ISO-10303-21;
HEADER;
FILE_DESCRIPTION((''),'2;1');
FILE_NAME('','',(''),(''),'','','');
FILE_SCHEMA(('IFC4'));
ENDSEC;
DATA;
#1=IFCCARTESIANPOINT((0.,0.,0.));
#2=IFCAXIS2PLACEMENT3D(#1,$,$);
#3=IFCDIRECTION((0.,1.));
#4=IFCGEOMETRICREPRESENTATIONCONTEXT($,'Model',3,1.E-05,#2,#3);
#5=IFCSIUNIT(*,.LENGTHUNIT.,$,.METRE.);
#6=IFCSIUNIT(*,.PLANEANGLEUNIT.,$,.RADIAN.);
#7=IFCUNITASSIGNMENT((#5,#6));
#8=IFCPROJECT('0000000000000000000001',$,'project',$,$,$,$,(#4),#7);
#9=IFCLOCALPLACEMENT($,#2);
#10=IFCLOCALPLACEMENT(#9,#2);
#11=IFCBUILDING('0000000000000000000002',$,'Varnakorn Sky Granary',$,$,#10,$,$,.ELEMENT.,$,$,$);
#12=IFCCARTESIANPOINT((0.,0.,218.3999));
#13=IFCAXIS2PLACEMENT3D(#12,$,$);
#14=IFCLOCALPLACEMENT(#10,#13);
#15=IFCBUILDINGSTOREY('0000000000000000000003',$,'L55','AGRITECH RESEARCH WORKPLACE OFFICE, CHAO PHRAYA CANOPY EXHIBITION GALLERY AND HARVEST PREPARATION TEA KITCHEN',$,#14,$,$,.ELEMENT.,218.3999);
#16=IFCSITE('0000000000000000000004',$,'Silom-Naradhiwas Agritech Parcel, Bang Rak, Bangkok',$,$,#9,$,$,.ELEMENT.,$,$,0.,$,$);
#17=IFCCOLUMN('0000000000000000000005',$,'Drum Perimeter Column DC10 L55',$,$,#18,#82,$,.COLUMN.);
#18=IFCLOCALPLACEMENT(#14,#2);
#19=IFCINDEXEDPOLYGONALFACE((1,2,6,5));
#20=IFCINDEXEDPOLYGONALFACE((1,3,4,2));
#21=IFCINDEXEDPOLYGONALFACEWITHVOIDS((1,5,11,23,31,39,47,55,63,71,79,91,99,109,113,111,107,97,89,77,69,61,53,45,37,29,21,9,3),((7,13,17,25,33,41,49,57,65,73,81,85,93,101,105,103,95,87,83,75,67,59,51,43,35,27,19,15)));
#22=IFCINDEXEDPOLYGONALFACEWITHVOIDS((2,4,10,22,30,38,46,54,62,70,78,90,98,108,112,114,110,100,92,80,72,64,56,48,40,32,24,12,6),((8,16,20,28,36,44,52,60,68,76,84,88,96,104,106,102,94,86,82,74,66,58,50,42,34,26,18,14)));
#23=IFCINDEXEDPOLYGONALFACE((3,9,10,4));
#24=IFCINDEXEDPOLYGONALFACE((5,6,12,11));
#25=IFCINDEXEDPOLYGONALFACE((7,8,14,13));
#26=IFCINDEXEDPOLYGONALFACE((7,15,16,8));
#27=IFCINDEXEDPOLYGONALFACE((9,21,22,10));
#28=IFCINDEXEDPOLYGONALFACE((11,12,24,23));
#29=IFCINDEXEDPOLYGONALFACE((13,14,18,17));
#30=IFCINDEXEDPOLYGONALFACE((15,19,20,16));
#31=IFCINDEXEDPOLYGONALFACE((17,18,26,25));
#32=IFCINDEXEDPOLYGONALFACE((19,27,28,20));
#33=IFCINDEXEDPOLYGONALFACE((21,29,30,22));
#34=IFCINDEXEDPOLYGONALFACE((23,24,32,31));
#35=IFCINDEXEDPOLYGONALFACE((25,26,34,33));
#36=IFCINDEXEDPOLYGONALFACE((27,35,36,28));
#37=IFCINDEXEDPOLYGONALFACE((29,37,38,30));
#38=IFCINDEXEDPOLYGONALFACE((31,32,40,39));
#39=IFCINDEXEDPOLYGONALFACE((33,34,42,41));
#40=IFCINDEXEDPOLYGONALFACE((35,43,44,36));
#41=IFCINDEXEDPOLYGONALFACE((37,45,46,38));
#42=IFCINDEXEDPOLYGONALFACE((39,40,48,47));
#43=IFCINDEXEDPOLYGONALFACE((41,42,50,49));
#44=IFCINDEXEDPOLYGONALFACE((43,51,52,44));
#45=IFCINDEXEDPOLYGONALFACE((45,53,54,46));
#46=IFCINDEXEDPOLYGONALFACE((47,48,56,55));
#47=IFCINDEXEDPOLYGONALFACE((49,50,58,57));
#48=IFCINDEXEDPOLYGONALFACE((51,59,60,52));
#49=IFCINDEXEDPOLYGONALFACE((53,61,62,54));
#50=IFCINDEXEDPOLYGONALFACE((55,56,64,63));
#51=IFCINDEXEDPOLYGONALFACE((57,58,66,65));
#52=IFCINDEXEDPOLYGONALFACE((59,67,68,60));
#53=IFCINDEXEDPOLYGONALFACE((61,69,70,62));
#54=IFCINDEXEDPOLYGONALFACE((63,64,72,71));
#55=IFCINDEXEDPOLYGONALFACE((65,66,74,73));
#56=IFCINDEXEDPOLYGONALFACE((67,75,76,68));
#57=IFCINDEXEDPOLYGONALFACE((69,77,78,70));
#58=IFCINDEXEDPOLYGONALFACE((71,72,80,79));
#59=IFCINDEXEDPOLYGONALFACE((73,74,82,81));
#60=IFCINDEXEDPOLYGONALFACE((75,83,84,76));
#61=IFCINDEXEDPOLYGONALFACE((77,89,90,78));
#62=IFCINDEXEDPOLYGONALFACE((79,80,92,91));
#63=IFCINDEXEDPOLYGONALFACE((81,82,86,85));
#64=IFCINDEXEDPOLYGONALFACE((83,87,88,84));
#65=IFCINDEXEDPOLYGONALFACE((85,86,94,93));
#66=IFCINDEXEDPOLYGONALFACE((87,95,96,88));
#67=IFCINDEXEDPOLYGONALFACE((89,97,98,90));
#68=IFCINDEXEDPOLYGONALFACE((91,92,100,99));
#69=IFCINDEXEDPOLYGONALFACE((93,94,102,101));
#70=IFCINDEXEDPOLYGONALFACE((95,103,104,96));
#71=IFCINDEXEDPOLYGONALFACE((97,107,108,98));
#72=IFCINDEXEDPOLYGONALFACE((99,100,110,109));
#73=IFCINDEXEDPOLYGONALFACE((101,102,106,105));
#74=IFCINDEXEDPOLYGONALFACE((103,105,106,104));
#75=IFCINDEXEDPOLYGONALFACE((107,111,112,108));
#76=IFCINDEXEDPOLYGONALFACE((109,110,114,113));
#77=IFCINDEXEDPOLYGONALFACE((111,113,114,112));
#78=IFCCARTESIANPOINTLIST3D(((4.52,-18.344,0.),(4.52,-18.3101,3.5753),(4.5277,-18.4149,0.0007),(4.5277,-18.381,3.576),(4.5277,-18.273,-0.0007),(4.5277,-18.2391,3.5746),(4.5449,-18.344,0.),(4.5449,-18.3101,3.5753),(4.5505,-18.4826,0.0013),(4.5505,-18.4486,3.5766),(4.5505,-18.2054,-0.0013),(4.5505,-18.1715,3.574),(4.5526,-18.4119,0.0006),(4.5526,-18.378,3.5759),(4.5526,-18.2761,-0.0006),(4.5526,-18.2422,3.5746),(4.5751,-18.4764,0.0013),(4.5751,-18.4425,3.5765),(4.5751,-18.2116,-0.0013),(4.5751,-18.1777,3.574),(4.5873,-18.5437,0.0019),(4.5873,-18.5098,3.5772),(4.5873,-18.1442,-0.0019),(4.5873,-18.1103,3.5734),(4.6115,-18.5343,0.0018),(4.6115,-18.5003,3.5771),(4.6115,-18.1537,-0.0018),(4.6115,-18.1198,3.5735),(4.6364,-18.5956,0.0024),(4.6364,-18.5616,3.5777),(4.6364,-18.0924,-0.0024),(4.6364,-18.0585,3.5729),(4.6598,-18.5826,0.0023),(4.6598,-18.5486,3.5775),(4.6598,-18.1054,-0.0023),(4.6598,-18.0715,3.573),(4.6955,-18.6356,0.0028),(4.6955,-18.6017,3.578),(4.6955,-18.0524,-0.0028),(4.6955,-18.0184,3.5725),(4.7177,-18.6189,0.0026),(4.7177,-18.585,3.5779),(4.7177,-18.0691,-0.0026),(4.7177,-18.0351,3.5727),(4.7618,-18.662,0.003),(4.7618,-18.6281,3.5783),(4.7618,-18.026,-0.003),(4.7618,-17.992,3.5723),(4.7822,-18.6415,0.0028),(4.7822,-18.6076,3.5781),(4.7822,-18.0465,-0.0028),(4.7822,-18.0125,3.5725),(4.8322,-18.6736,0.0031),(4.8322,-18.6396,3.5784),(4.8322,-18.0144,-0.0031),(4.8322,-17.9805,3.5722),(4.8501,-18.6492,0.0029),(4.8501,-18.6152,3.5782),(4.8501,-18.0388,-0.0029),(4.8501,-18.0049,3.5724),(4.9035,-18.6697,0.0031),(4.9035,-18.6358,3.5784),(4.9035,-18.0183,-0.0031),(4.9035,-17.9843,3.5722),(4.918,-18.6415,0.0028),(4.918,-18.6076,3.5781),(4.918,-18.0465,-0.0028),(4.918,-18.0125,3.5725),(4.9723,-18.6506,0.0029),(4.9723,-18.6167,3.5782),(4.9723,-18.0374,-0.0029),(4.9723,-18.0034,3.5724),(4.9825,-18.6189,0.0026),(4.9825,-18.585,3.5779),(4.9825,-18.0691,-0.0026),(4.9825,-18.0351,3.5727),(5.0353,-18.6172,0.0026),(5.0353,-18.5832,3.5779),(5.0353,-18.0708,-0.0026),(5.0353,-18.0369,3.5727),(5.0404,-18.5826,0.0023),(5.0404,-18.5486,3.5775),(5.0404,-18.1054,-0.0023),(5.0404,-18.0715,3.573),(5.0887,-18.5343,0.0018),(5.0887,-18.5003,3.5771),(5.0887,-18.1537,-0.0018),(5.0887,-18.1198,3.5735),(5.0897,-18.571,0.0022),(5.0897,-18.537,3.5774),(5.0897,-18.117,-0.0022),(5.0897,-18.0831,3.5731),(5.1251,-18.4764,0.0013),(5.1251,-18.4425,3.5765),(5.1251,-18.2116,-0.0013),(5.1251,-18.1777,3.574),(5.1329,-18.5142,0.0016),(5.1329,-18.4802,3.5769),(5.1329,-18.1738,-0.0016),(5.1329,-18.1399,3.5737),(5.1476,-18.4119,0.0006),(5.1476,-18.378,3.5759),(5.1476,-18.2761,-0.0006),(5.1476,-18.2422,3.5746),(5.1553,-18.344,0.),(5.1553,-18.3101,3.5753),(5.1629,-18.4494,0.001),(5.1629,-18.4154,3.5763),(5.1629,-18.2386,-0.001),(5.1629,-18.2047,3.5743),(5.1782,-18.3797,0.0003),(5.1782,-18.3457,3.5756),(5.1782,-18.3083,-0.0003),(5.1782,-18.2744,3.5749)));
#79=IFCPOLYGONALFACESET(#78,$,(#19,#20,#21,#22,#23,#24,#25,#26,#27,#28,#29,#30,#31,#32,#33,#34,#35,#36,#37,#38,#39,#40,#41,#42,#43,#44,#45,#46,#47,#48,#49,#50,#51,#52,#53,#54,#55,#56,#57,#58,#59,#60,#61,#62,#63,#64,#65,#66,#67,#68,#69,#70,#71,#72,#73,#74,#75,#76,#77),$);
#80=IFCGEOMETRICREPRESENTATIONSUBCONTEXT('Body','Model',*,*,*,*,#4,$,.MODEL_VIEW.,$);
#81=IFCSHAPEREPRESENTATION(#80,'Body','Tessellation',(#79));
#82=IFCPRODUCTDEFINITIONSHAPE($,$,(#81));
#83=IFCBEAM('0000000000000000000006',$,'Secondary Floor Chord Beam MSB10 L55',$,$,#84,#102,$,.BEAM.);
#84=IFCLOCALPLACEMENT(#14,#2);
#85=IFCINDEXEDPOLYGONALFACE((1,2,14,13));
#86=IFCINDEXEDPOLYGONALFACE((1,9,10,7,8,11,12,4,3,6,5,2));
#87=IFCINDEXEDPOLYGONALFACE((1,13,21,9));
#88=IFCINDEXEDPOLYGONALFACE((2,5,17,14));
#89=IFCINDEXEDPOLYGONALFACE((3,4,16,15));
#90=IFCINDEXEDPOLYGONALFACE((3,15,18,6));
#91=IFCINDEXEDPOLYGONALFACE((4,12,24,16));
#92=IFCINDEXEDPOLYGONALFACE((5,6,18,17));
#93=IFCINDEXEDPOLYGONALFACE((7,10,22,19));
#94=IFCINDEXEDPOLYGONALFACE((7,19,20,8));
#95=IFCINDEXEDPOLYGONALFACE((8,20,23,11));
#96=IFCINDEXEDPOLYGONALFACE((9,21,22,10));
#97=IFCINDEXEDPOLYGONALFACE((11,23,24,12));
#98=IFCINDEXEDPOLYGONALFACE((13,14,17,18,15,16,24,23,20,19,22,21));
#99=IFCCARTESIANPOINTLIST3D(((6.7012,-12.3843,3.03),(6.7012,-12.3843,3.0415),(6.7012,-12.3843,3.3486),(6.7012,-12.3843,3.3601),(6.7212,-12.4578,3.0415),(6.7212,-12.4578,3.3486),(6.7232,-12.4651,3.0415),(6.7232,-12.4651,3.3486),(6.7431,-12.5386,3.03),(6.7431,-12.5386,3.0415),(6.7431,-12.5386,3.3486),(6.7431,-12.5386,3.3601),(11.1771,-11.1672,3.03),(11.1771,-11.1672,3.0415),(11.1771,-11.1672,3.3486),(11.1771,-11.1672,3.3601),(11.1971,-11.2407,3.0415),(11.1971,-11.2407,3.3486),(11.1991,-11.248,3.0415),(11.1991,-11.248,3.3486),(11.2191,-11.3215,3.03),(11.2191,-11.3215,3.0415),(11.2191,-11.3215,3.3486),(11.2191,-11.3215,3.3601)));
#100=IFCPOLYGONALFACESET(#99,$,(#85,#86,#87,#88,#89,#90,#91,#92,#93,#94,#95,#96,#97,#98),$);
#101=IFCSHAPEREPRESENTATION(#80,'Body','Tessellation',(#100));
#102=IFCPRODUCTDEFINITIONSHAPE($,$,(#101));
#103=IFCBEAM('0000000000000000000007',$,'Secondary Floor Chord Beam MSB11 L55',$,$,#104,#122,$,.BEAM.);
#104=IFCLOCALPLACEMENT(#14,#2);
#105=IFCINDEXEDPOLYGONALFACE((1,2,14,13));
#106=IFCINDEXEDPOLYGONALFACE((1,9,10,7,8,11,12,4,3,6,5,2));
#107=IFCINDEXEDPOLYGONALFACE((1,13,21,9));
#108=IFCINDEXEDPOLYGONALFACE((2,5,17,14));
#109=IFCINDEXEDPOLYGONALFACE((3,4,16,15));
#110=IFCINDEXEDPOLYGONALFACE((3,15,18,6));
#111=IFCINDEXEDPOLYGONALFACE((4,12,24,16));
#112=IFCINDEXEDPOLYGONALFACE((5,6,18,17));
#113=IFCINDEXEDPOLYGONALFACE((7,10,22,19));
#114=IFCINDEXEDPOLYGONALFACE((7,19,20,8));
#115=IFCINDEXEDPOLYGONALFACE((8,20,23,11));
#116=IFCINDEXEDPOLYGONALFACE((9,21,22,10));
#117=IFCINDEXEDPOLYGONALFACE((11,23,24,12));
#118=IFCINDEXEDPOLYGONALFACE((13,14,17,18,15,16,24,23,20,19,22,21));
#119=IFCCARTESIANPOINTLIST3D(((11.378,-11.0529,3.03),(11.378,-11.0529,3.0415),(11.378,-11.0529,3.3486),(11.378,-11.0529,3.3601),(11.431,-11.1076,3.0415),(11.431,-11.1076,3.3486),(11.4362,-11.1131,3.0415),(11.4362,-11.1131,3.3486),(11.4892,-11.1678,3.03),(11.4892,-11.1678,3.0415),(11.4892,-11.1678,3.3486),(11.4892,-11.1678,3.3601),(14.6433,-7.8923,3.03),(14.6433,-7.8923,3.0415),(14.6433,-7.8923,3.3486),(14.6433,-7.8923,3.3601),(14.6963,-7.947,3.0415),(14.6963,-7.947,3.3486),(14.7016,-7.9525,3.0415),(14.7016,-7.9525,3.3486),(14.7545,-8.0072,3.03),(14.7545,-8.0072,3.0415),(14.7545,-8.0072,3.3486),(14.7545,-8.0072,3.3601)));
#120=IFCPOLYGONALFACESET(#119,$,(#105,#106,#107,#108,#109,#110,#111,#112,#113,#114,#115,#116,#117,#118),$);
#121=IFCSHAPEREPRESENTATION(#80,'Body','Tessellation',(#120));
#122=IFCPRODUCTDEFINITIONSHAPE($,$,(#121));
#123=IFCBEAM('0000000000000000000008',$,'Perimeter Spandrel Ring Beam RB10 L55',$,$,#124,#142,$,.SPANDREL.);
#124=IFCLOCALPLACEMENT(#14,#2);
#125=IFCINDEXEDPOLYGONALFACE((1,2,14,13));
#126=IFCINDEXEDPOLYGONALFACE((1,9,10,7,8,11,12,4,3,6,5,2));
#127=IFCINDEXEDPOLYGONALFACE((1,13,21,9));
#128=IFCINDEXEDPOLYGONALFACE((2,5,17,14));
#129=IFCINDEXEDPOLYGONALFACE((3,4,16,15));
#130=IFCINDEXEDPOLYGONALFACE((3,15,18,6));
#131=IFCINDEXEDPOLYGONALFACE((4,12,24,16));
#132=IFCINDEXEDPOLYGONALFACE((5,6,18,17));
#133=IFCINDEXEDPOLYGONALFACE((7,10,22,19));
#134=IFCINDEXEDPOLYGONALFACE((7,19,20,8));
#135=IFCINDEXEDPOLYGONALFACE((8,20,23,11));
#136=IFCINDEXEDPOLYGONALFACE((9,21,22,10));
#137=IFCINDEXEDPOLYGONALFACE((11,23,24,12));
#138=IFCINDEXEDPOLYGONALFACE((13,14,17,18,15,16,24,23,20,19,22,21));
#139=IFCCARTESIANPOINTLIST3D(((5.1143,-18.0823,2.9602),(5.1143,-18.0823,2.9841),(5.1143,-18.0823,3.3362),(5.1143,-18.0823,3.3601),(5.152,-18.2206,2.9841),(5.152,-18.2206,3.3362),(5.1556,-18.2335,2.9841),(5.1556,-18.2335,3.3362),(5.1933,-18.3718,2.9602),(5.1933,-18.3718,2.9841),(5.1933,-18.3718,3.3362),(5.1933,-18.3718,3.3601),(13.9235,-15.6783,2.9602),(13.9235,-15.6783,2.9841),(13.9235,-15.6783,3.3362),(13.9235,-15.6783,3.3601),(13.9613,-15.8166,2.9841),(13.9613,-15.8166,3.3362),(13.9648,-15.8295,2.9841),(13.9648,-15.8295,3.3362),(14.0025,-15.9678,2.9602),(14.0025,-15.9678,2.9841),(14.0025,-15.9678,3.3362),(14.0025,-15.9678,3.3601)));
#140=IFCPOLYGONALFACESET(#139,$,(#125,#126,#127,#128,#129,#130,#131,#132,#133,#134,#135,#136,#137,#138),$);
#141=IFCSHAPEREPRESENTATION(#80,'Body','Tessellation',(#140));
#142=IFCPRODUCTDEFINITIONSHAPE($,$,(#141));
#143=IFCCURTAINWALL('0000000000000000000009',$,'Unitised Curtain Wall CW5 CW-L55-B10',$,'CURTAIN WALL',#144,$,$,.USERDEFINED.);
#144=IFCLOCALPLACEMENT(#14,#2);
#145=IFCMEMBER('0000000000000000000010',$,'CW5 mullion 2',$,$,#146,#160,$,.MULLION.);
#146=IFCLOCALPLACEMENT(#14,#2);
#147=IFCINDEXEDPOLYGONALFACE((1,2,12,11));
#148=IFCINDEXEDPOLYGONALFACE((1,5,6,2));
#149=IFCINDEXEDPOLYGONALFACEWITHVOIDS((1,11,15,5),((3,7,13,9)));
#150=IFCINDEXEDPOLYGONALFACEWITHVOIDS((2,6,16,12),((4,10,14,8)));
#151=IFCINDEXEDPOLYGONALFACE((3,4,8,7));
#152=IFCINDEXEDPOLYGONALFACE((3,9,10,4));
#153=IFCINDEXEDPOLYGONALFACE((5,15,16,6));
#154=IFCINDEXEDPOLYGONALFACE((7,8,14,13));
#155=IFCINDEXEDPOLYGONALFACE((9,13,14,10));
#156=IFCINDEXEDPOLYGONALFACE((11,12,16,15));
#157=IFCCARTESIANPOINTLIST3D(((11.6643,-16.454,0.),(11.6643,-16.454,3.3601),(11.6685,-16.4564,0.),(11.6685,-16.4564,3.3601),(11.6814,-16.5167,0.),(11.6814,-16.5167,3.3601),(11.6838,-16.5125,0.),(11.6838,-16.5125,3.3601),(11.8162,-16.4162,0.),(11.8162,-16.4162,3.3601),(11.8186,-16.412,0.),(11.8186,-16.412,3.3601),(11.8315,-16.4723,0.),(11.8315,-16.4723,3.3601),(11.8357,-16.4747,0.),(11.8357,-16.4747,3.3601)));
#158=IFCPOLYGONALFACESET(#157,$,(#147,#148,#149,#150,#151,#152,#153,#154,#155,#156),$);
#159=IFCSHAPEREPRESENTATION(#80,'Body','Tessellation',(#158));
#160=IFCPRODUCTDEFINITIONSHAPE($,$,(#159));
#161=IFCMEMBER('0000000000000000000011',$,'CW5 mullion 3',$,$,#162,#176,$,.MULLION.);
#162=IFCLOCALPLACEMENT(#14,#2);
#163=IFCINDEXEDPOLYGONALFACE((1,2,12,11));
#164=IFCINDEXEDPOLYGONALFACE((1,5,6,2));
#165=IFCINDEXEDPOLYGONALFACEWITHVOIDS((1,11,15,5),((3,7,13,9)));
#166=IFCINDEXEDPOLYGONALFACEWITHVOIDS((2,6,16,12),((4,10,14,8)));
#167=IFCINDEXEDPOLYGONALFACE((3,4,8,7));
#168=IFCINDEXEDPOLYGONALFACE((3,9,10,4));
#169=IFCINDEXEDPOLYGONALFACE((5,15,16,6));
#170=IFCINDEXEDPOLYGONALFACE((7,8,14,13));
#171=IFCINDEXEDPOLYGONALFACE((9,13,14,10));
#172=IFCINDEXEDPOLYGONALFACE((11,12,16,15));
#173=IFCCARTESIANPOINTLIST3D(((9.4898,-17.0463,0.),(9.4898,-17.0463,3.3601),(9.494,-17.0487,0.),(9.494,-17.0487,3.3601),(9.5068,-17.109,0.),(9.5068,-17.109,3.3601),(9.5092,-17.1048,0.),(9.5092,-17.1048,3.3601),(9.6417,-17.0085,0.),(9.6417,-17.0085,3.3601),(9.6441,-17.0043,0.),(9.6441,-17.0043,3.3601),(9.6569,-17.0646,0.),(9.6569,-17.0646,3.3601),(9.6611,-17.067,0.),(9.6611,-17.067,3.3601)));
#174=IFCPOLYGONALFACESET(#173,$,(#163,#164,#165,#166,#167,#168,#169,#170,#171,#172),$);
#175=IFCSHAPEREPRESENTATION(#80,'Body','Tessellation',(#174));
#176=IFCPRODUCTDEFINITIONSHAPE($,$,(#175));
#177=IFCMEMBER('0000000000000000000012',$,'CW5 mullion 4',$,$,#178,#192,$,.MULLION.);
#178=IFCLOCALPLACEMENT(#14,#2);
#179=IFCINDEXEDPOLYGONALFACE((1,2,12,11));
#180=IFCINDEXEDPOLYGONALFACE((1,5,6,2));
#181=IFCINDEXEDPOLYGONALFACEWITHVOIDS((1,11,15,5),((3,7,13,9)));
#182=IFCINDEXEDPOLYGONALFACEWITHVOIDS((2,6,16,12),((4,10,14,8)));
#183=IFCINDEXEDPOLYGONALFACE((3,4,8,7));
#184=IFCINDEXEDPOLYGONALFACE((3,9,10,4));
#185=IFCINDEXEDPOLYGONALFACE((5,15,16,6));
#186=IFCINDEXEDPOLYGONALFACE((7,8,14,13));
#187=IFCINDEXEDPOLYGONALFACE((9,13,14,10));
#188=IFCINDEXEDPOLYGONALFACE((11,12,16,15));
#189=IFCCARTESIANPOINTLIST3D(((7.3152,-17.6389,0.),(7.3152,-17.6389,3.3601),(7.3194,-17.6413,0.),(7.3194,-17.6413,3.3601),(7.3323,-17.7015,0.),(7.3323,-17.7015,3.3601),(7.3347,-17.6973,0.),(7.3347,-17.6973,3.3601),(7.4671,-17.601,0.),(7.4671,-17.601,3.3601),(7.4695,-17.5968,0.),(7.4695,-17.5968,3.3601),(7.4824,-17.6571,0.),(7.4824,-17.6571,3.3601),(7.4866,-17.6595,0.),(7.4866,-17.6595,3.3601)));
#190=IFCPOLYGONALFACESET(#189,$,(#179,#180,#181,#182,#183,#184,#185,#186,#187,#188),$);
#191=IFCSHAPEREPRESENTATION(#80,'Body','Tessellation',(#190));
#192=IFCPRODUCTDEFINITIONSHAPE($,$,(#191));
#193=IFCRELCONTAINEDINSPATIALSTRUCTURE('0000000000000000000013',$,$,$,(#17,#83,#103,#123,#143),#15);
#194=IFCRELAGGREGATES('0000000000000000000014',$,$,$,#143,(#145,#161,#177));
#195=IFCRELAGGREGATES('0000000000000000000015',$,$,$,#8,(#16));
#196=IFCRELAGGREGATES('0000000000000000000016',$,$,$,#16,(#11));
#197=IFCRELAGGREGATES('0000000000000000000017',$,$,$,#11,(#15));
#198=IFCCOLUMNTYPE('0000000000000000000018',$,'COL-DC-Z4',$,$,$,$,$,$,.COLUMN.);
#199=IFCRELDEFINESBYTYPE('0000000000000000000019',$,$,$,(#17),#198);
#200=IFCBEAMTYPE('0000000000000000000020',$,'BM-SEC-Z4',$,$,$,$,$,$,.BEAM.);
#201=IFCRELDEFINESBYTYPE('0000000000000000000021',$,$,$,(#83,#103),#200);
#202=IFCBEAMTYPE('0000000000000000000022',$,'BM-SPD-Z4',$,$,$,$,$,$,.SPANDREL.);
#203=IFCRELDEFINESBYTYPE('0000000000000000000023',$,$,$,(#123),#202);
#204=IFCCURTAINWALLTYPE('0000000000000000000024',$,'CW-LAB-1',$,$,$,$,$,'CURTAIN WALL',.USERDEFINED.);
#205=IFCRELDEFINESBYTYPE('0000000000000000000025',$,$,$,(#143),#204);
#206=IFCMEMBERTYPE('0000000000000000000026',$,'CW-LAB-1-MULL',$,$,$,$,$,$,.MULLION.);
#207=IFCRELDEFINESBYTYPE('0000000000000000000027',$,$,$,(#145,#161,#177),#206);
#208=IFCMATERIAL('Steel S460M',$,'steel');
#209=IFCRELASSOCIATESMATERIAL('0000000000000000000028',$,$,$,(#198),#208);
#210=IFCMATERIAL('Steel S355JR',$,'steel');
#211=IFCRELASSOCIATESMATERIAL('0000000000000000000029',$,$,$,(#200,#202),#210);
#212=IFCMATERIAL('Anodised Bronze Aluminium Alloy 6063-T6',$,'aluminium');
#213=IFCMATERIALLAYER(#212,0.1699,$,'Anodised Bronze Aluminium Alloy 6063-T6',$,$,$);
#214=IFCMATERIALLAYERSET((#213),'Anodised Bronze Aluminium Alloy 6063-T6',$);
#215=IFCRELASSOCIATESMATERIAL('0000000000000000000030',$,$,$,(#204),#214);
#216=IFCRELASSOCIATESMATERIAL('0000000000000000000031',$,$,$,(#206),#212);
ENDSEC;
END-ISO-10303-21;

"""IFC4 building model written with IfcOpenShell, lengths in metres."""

from ifc_helpers import new_model, si_unit, direction, frame, origin, origin_2d, place, context, subcontext, project, spatial, hollow_rectangle, hollow_circle, i_section, extrude, material, layer, layer_set, material_profile, profile_set, type_object, element, aggregate, save


model = new_model("IFC4")

# Units and contexts
model_context = context("Model", 3, precision=1e-05, world=origin(), true_north=direction((0.0, 1.0)))
body_context = subcontext(model_context, "Body", "Model", "MODEL_VIEW")
ifc_project = project(units=[si_unit("LENGTHUNIT", "METRE"), si_unit("PLANEANGLEUNIT", "RADIAN")], contexts=[model_context])

# Site, building, storey
site_placement = place(None, origin())
site = spatial("IfcSite", under=ifc_project, at=site_placement, Name="Silom-Naradhiwas Agritech Parcel, Bang Rak, Bangkok", CompositionType="ELEMENT", RefElevation=0.0)
building_placement = place(site_placement, origin())
building = spatial("IfcBuilding", under=site, at=building_placement, Name="Varnakorn Sky Granary", CompositionType="ELEMENT")
storey_placement = place(building_placement, frame((0.0, 0.0, 218.3999)))
storey = spatial("IfcBuildingStorey", under=building, at=storey_placement, Name="L55", Description="AGRITECH RESEARCH WORKPLACE OFFICE, CHAO PHRAYA CANOPY EXHIBITION GALLERY AND HARVEST PREPARATION TEA KITCHEN", CompositionType="ELEMENT", Elevation=218.3999)

# Column
ifc_material_1 = material(Name="Steel S460M", Category="steel")
ifc_material_profile_1 = material_profile(ifc_material_1, hollow_circle(Radius=0.3301, WallThickness=0.0249, at=origin_2d()), Name="CHS 660x25")
ifc_profile_set_1 = profile_set([ifc_material_profile_1], Name="Steel S460M")
column_type = type_object("IfcColumnType", Name="COL-DC-Z4", PredefinedType="COLUMN", material=ifc_profile_set_1)
column_placement = place(storey_placement, frame((4.8501, -18.344, 0.0), z_axis=(0.0, 0.009492, 0.999955), x_axis=(-1.0, 0.0, 0.0)))
element("IfcColumn", 1, at=column_placement, inside=storey, type_object=column_type, Name="Drum Perimeter Column DC10 L55", PredefinedType="COLUMN", context=body_context, shape_type="SweptSolid", body=[
    extrude(hollow_circle(Radius=0.3301, WallThickness=0.0249, at=origin_2d()), origin(), (0.0, 0.0, 1.0), 3.5754),
])

# Beams
ifc_material_2 = material(Name="Steel S355JR", Category="steel")
ifc_material_profile_2 = material_profile(ifc_material_2, i_section(OverallWidth=0.1599, OverallDepth=0.3301, WebThickness=0.0076, FlangeThickness=0.0115, at=origin_2d()), Name="IPE 330")
ifc_profile_set_2 = profile_set([ifc_material_profile_2], Name="Steel S355JR")
beam_type_1 = type_object("IfcBeamType", Name="BM-SEC-Z4", PredefinedType="BEAM", material=ifc_profile_set_2)
beam_1_placement = place(storey_placement, frame((6.7222, -12.4614, 3.1951), z_axis=(0.964963, 0.262387, 0.0), x_axis=(-0.262387, 0.964963, 0.0)))
element("IfcBeam", 2, at=beam_1_placement, inside=storey, type_object=beam_type_1, Name="Secondary Floor Chord Beam MSB10 L55", PredefinedType="BEAM", context=body_context, shape_type="SweptSolid", body=[
    extrude(i_section(OverallWidth=0.1599, OverallDepth=0.3301, WebThickness=0.0076, FlangeThickness=0.0115, at=origin_2d()), origin(), (0.0, 0.0, 1.0), 4.6384),
])
beam_2_placement = place(storey_placement, frame((11.4336, -11.1104, 3.1951), z_axis=(0.718536, 0.695489, 0.0), x_axis=(-0.695489, 0.718536, 0.0)))
element("IfcBeam", 3, at=beam_2_placement, inside=storey, type_object=beam_type_1, Name="Secondary Floor Chord Beam MSB11 L55", PredefinedType="BEAM", context=body_context, shape_type="SweptSolid", body=[
    extrude(i_section(OverallWidth=0.1599, OverallDepth=0.3301, WebThickness=0.0076, FlangeThickness=0.0115, at=origin_2d()), origin(), (0.0, 0.0, 1.0), 4.5444),
])
ifc_material_profile_3 = material_profile(ifc_material_2, i_section(OverallWidth=0.3, OverallDepth=0.3999, WebThickness=0.0134, FlangeThickness=0.0239, at=origin_2d()), Name="HE 400 B")
ifc_profile_set_3 = profile_set([ifc_material_profile_3], Name="Steel S355JR")
beam_type_2 = type_object("IfcBeamType", Name="BM-SPD-Z4", PredefinedType="SPANDREL", material=ifc_profile_set_3)
beam_3_placement = place(storey_placement, frame((5.1538, -18.2271, 3.1602), z_axis=(0.964722, 0.263271, 0.0), x_axis=(-0.263271, 0.964722, 0.0)))
element("IfcBeam", 4, at=beam_3_placement, inside=storey, type_object=beam_type_2, Name="Perimeter Spandrel Ring Beam RB10 L55", PredefinedType="SPANDREL", context=body_context, shape_type="SweptSolid", body=[
    extrude(i_section(OverallWidth=0.3, OverallDepth=0.3999, WebThickness=0.0134, FlangeThickness=0.0239, at=origin_2d()), origin(), (0.0, 0.0, 1.0), 9.1313),
])

# Curtain wall, members
ifc_material_3 = material(Name="Anodised Bronze Aluminium Alloy 6063-T6", Category="aluminium")
ifc_layer_1 = layer(ifc_material_3, 0.1699, Name="Anodised Bronze Aluminium Alloy 6063-T6")
ifc_layer_set_1 = layer_set([ifc_layer_1], Name="Anodised Bronze Aluminium Alloy 6063-T6")
curtain_wall_type = type_object("IfcCurtainWallType", Name="CW-LAB-1", ElementType="CURTAIN WALL", PredefinedType="USERDEFINED", material=ifc_layer_set_1)
curtain_wall_placement = place(storey_placement, origin())
curtain_wall = element("IfcCurtainWall", 5, at=curtain_wall_placement, inside=storey, type_object=curtain_wall_type, Name="Unitised Curtain Wall CW5 CW-L55-B10", ObjectType="CURTAIN WALL", PredefinedType="USERDEFINED")
ifc_material_profile_4 = material_profile(ifc_material_3, hollow_rectangle(XDim=0.0649, YDim=0.1599, WallThickness=0.0034, at=origin_2d()), Name="ALU MULL 65x160")
ifc_profile_set_4 = profile_set([ifc_material_profile_4], Name="Anodised Bronze Aluminium Alloy 6063-T6")
member_type_1 = type_object("IfcMemberType", Name="CW-LAB-1-MULL", PredefinedType="MULLION", material=ifc_profile_set_4)
member_1_placement = place(storey_placement, frame((11.75, -16.4644, 0.0), z_axis=(0.0, 0.0, 1.0), x_axis=(0.262829, -0.964842, 0.0)))
member_1 = element("IfcMember", 6, at=member_1_placement, type_object=member_type_1, Name="CW5 mullion 2", PredefinedType="MULLION", context=body_context, shape_type="SweptSolid", body=[
    extrude(hollow_rectangle(XDim=0.0649, YDim=0.1599, WallThickness=0.0034, at=origin_2d()), origin(), (0.0, 0.0, 1.0), 3.3601),
])
member_2_placement = place(storey_placement, frame((9.5754, -17.0566, 0.0), z_axis=(0.0, 0.0, 1.0), x_axis=(0.262829, -0.964842, 0.0)))
member_2 = element("IfcMember", 7, at=member_2_placement, type_object=member_type_1, Name="CW5 mullion 3", PredefinedType="MULLION", context=body_context, shape_type="SweptSolid", body=[
    extrude(hollow_rectangle(XDim=0.0649, YDim=0.1599, WallThickness=0.0034, at=origin_2d()), origin(), (0.0, 0.0, 1.0), 3.3601),
])
member_3_placement = place(storey_placement, frame((7.4009, -17.6492, 0.0), z_axis=(0.0, 0.0, 1.0), x_axis=(0.262829, -0.964842, 0.0)))
member_3 = element("IfcMember", 8, at=member_3_placement, type_object=member_type_1, Name="CW5 mullion 4", PredefinedType="MULLION", context=body_context, shape_type="SweptSolid", body=[
    extrude(hollow_rectangle(XDim=0.0649, YDim=0.1599, WallThickness=0.0034, at=origin_2d()), origin(), (0.0, 0.0, 1.0), 3.3601),
])

aggregate(curtain_wall, [member_1, member_2, member_3])

save(model, "model.ifc")
